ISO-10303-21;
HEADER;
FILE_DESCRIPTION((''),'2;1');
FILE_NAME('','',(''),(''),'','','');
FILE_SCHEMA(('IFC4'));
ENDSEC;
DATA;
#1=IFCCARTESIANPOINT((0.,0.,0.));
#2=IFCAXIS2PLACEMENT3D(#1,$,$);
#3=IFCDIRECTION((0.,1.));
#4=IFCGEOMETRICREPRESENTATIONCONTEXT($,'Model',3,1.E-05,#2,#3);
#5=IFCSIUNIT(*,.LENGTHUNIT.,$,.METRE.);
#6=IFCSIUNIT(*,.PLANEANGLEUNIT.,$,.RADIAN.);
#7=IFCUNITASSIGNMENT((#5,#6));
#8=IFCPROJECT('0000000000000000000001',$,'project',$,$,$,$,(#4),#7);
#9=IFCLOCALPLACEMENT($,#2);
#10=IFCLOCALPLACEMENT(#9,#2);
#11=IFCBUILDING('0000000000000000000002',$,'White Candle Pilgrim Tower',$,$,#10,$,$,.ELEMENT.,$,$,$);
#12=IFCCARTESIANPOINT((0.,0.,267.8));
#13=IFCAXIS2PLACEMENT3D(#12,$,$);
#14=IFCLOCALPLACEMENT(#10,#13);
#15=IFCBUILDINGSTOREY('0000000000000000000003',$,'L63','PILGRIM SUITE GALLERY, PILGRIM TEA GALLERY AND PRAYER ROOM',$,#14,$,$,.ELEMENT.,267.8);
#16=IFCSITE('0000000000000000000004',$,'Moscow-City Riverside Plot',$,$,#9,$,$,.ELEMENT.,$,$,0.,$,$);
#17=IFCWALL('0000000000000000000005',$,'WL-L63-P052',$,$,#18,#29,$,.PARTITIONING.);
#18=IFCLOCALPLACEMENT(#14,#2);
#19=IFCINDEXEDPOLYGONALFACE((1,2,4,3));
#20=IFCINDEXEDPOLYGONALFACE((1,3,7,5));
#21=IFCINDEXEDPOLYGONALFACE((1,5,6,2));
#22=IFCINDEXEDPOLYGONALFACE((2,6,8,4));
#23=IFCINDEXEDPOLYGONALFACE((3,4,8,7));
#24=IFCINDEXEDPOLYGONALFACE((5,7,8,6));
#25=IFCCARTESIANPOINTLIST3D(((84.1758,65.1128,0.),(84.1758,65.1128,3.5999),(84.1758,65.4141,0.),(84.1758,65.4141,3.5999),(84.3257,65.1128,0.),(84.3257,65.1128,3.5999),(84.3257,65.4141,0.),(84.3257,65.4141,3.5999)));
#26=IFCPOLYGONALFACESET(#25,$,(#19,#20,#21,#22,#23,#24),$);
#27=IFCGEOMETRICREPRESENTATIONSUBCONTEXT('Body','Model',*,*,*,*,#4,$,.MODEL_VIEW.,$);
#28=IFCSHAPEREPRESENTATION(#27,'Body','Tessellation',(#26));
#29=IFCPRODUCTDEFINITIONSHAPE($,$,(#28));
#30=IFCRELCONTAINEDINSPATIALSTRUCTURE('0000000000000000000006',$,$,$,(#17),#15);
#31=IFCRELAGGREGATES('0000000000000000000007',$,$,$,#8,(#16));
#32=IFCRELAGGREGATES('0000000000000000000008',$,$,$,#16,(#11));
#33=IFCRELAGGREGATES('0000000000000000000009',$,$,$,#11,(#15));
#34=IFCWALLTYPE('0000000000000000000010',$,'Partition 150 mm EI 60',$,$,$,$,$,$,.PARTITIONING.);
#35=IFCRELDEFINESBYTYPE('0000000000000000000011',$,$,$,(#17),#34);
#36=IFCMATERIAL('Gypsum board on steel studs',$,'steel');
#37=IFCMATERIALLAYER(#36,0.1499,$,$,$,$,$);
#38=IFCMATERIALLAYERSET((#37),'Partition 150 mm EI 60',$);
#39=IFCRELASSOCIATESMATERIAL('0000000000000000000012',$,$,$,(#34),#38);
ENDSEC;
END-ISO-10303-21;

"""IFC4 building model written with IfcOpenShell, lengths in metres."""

from ifc_helpers import new_model, si_unit, direction, frame, frame_2d, origin, place, context, subcontext, project, spatial, rectangle, extrude, material, layer, layer_set, type_object, element, save


model = new_model("IFC4")

# Units and contexts
model_context = context("Model", 3, precision=1e-05, world=origin(), true_north=direction((0.0, 1.0)))
body_context = subcontext(model_context, "Body", "Model", "MODEL_VIEW")
ifc_project = project(units=[si_unit("LENGTHUNIT", "METRE"), si_unit("PLANEANGLEUNIT", "RADIAN")], contexts=[model_context])

# Site, building, storey
site_placement = place(None, origin())
site = spatial("IfcSite", under=ifc_project, at=site_placement, Name="Moscow-City Riverside Plot", CompositionType="ELEMENT", RefElevation=0.0)
building_placement = place(site_placement, origin())
building = spatial("IfcBuilding", under=site, at=building_placement, Name="White Candle Pilgrim Tower", CompositionType="ELEMENT")
storey_placement = place(building_placement, frame((0.0, 0.0, 267.8)))
storey = spatial("IfcBuildingStorey", under=building, at=storey_placement, Name="L63", Description="PILGRIM SUITE GALLERY, PILGRIM TEA GALLERY AND PRAYER ROOM", CompositionType="ELEMENT", Elevation=267.8)

# Shared definitions
ifc_material_1 = material(Name="Gypsum board on steel studs", Category="steel")

# Wall
ifc_layer_1 = layer(ifc_material_1, 0.1499)
ifc_layer_set_1 = layer_set([ifc_layer_1], Name="Partition 150 mm EI 60")
wall_type_1 = type_object("IfcWallType", Name="Partition 150 mm EI 60", PredefinedType="PARTITIONING", material=ifc_layer_set_1)
wall_1_placement = place(storey_placement, frame((84.2507, 65.4141, 0.0), z_axis=(0.0, 0.0, 1.0), x_axis=(0.0, -1.0, 0.0)))
element("IfcWall", 1, at=wall_1_placement, inside=storey, type_object=wall_type_1, Name="WL-L63-P052", PredefinedType="PARTITIONING", context=body_context, shape_type="SweptSolid", body=[
    extrude(rectangle(XDim=0.3013, YDim=0.1499, at=frame_2d((0.1506, 0.0))), origin(), (0.0, 0.0, 1.0), 3.5999),
])

save(model, "model.ifc")
